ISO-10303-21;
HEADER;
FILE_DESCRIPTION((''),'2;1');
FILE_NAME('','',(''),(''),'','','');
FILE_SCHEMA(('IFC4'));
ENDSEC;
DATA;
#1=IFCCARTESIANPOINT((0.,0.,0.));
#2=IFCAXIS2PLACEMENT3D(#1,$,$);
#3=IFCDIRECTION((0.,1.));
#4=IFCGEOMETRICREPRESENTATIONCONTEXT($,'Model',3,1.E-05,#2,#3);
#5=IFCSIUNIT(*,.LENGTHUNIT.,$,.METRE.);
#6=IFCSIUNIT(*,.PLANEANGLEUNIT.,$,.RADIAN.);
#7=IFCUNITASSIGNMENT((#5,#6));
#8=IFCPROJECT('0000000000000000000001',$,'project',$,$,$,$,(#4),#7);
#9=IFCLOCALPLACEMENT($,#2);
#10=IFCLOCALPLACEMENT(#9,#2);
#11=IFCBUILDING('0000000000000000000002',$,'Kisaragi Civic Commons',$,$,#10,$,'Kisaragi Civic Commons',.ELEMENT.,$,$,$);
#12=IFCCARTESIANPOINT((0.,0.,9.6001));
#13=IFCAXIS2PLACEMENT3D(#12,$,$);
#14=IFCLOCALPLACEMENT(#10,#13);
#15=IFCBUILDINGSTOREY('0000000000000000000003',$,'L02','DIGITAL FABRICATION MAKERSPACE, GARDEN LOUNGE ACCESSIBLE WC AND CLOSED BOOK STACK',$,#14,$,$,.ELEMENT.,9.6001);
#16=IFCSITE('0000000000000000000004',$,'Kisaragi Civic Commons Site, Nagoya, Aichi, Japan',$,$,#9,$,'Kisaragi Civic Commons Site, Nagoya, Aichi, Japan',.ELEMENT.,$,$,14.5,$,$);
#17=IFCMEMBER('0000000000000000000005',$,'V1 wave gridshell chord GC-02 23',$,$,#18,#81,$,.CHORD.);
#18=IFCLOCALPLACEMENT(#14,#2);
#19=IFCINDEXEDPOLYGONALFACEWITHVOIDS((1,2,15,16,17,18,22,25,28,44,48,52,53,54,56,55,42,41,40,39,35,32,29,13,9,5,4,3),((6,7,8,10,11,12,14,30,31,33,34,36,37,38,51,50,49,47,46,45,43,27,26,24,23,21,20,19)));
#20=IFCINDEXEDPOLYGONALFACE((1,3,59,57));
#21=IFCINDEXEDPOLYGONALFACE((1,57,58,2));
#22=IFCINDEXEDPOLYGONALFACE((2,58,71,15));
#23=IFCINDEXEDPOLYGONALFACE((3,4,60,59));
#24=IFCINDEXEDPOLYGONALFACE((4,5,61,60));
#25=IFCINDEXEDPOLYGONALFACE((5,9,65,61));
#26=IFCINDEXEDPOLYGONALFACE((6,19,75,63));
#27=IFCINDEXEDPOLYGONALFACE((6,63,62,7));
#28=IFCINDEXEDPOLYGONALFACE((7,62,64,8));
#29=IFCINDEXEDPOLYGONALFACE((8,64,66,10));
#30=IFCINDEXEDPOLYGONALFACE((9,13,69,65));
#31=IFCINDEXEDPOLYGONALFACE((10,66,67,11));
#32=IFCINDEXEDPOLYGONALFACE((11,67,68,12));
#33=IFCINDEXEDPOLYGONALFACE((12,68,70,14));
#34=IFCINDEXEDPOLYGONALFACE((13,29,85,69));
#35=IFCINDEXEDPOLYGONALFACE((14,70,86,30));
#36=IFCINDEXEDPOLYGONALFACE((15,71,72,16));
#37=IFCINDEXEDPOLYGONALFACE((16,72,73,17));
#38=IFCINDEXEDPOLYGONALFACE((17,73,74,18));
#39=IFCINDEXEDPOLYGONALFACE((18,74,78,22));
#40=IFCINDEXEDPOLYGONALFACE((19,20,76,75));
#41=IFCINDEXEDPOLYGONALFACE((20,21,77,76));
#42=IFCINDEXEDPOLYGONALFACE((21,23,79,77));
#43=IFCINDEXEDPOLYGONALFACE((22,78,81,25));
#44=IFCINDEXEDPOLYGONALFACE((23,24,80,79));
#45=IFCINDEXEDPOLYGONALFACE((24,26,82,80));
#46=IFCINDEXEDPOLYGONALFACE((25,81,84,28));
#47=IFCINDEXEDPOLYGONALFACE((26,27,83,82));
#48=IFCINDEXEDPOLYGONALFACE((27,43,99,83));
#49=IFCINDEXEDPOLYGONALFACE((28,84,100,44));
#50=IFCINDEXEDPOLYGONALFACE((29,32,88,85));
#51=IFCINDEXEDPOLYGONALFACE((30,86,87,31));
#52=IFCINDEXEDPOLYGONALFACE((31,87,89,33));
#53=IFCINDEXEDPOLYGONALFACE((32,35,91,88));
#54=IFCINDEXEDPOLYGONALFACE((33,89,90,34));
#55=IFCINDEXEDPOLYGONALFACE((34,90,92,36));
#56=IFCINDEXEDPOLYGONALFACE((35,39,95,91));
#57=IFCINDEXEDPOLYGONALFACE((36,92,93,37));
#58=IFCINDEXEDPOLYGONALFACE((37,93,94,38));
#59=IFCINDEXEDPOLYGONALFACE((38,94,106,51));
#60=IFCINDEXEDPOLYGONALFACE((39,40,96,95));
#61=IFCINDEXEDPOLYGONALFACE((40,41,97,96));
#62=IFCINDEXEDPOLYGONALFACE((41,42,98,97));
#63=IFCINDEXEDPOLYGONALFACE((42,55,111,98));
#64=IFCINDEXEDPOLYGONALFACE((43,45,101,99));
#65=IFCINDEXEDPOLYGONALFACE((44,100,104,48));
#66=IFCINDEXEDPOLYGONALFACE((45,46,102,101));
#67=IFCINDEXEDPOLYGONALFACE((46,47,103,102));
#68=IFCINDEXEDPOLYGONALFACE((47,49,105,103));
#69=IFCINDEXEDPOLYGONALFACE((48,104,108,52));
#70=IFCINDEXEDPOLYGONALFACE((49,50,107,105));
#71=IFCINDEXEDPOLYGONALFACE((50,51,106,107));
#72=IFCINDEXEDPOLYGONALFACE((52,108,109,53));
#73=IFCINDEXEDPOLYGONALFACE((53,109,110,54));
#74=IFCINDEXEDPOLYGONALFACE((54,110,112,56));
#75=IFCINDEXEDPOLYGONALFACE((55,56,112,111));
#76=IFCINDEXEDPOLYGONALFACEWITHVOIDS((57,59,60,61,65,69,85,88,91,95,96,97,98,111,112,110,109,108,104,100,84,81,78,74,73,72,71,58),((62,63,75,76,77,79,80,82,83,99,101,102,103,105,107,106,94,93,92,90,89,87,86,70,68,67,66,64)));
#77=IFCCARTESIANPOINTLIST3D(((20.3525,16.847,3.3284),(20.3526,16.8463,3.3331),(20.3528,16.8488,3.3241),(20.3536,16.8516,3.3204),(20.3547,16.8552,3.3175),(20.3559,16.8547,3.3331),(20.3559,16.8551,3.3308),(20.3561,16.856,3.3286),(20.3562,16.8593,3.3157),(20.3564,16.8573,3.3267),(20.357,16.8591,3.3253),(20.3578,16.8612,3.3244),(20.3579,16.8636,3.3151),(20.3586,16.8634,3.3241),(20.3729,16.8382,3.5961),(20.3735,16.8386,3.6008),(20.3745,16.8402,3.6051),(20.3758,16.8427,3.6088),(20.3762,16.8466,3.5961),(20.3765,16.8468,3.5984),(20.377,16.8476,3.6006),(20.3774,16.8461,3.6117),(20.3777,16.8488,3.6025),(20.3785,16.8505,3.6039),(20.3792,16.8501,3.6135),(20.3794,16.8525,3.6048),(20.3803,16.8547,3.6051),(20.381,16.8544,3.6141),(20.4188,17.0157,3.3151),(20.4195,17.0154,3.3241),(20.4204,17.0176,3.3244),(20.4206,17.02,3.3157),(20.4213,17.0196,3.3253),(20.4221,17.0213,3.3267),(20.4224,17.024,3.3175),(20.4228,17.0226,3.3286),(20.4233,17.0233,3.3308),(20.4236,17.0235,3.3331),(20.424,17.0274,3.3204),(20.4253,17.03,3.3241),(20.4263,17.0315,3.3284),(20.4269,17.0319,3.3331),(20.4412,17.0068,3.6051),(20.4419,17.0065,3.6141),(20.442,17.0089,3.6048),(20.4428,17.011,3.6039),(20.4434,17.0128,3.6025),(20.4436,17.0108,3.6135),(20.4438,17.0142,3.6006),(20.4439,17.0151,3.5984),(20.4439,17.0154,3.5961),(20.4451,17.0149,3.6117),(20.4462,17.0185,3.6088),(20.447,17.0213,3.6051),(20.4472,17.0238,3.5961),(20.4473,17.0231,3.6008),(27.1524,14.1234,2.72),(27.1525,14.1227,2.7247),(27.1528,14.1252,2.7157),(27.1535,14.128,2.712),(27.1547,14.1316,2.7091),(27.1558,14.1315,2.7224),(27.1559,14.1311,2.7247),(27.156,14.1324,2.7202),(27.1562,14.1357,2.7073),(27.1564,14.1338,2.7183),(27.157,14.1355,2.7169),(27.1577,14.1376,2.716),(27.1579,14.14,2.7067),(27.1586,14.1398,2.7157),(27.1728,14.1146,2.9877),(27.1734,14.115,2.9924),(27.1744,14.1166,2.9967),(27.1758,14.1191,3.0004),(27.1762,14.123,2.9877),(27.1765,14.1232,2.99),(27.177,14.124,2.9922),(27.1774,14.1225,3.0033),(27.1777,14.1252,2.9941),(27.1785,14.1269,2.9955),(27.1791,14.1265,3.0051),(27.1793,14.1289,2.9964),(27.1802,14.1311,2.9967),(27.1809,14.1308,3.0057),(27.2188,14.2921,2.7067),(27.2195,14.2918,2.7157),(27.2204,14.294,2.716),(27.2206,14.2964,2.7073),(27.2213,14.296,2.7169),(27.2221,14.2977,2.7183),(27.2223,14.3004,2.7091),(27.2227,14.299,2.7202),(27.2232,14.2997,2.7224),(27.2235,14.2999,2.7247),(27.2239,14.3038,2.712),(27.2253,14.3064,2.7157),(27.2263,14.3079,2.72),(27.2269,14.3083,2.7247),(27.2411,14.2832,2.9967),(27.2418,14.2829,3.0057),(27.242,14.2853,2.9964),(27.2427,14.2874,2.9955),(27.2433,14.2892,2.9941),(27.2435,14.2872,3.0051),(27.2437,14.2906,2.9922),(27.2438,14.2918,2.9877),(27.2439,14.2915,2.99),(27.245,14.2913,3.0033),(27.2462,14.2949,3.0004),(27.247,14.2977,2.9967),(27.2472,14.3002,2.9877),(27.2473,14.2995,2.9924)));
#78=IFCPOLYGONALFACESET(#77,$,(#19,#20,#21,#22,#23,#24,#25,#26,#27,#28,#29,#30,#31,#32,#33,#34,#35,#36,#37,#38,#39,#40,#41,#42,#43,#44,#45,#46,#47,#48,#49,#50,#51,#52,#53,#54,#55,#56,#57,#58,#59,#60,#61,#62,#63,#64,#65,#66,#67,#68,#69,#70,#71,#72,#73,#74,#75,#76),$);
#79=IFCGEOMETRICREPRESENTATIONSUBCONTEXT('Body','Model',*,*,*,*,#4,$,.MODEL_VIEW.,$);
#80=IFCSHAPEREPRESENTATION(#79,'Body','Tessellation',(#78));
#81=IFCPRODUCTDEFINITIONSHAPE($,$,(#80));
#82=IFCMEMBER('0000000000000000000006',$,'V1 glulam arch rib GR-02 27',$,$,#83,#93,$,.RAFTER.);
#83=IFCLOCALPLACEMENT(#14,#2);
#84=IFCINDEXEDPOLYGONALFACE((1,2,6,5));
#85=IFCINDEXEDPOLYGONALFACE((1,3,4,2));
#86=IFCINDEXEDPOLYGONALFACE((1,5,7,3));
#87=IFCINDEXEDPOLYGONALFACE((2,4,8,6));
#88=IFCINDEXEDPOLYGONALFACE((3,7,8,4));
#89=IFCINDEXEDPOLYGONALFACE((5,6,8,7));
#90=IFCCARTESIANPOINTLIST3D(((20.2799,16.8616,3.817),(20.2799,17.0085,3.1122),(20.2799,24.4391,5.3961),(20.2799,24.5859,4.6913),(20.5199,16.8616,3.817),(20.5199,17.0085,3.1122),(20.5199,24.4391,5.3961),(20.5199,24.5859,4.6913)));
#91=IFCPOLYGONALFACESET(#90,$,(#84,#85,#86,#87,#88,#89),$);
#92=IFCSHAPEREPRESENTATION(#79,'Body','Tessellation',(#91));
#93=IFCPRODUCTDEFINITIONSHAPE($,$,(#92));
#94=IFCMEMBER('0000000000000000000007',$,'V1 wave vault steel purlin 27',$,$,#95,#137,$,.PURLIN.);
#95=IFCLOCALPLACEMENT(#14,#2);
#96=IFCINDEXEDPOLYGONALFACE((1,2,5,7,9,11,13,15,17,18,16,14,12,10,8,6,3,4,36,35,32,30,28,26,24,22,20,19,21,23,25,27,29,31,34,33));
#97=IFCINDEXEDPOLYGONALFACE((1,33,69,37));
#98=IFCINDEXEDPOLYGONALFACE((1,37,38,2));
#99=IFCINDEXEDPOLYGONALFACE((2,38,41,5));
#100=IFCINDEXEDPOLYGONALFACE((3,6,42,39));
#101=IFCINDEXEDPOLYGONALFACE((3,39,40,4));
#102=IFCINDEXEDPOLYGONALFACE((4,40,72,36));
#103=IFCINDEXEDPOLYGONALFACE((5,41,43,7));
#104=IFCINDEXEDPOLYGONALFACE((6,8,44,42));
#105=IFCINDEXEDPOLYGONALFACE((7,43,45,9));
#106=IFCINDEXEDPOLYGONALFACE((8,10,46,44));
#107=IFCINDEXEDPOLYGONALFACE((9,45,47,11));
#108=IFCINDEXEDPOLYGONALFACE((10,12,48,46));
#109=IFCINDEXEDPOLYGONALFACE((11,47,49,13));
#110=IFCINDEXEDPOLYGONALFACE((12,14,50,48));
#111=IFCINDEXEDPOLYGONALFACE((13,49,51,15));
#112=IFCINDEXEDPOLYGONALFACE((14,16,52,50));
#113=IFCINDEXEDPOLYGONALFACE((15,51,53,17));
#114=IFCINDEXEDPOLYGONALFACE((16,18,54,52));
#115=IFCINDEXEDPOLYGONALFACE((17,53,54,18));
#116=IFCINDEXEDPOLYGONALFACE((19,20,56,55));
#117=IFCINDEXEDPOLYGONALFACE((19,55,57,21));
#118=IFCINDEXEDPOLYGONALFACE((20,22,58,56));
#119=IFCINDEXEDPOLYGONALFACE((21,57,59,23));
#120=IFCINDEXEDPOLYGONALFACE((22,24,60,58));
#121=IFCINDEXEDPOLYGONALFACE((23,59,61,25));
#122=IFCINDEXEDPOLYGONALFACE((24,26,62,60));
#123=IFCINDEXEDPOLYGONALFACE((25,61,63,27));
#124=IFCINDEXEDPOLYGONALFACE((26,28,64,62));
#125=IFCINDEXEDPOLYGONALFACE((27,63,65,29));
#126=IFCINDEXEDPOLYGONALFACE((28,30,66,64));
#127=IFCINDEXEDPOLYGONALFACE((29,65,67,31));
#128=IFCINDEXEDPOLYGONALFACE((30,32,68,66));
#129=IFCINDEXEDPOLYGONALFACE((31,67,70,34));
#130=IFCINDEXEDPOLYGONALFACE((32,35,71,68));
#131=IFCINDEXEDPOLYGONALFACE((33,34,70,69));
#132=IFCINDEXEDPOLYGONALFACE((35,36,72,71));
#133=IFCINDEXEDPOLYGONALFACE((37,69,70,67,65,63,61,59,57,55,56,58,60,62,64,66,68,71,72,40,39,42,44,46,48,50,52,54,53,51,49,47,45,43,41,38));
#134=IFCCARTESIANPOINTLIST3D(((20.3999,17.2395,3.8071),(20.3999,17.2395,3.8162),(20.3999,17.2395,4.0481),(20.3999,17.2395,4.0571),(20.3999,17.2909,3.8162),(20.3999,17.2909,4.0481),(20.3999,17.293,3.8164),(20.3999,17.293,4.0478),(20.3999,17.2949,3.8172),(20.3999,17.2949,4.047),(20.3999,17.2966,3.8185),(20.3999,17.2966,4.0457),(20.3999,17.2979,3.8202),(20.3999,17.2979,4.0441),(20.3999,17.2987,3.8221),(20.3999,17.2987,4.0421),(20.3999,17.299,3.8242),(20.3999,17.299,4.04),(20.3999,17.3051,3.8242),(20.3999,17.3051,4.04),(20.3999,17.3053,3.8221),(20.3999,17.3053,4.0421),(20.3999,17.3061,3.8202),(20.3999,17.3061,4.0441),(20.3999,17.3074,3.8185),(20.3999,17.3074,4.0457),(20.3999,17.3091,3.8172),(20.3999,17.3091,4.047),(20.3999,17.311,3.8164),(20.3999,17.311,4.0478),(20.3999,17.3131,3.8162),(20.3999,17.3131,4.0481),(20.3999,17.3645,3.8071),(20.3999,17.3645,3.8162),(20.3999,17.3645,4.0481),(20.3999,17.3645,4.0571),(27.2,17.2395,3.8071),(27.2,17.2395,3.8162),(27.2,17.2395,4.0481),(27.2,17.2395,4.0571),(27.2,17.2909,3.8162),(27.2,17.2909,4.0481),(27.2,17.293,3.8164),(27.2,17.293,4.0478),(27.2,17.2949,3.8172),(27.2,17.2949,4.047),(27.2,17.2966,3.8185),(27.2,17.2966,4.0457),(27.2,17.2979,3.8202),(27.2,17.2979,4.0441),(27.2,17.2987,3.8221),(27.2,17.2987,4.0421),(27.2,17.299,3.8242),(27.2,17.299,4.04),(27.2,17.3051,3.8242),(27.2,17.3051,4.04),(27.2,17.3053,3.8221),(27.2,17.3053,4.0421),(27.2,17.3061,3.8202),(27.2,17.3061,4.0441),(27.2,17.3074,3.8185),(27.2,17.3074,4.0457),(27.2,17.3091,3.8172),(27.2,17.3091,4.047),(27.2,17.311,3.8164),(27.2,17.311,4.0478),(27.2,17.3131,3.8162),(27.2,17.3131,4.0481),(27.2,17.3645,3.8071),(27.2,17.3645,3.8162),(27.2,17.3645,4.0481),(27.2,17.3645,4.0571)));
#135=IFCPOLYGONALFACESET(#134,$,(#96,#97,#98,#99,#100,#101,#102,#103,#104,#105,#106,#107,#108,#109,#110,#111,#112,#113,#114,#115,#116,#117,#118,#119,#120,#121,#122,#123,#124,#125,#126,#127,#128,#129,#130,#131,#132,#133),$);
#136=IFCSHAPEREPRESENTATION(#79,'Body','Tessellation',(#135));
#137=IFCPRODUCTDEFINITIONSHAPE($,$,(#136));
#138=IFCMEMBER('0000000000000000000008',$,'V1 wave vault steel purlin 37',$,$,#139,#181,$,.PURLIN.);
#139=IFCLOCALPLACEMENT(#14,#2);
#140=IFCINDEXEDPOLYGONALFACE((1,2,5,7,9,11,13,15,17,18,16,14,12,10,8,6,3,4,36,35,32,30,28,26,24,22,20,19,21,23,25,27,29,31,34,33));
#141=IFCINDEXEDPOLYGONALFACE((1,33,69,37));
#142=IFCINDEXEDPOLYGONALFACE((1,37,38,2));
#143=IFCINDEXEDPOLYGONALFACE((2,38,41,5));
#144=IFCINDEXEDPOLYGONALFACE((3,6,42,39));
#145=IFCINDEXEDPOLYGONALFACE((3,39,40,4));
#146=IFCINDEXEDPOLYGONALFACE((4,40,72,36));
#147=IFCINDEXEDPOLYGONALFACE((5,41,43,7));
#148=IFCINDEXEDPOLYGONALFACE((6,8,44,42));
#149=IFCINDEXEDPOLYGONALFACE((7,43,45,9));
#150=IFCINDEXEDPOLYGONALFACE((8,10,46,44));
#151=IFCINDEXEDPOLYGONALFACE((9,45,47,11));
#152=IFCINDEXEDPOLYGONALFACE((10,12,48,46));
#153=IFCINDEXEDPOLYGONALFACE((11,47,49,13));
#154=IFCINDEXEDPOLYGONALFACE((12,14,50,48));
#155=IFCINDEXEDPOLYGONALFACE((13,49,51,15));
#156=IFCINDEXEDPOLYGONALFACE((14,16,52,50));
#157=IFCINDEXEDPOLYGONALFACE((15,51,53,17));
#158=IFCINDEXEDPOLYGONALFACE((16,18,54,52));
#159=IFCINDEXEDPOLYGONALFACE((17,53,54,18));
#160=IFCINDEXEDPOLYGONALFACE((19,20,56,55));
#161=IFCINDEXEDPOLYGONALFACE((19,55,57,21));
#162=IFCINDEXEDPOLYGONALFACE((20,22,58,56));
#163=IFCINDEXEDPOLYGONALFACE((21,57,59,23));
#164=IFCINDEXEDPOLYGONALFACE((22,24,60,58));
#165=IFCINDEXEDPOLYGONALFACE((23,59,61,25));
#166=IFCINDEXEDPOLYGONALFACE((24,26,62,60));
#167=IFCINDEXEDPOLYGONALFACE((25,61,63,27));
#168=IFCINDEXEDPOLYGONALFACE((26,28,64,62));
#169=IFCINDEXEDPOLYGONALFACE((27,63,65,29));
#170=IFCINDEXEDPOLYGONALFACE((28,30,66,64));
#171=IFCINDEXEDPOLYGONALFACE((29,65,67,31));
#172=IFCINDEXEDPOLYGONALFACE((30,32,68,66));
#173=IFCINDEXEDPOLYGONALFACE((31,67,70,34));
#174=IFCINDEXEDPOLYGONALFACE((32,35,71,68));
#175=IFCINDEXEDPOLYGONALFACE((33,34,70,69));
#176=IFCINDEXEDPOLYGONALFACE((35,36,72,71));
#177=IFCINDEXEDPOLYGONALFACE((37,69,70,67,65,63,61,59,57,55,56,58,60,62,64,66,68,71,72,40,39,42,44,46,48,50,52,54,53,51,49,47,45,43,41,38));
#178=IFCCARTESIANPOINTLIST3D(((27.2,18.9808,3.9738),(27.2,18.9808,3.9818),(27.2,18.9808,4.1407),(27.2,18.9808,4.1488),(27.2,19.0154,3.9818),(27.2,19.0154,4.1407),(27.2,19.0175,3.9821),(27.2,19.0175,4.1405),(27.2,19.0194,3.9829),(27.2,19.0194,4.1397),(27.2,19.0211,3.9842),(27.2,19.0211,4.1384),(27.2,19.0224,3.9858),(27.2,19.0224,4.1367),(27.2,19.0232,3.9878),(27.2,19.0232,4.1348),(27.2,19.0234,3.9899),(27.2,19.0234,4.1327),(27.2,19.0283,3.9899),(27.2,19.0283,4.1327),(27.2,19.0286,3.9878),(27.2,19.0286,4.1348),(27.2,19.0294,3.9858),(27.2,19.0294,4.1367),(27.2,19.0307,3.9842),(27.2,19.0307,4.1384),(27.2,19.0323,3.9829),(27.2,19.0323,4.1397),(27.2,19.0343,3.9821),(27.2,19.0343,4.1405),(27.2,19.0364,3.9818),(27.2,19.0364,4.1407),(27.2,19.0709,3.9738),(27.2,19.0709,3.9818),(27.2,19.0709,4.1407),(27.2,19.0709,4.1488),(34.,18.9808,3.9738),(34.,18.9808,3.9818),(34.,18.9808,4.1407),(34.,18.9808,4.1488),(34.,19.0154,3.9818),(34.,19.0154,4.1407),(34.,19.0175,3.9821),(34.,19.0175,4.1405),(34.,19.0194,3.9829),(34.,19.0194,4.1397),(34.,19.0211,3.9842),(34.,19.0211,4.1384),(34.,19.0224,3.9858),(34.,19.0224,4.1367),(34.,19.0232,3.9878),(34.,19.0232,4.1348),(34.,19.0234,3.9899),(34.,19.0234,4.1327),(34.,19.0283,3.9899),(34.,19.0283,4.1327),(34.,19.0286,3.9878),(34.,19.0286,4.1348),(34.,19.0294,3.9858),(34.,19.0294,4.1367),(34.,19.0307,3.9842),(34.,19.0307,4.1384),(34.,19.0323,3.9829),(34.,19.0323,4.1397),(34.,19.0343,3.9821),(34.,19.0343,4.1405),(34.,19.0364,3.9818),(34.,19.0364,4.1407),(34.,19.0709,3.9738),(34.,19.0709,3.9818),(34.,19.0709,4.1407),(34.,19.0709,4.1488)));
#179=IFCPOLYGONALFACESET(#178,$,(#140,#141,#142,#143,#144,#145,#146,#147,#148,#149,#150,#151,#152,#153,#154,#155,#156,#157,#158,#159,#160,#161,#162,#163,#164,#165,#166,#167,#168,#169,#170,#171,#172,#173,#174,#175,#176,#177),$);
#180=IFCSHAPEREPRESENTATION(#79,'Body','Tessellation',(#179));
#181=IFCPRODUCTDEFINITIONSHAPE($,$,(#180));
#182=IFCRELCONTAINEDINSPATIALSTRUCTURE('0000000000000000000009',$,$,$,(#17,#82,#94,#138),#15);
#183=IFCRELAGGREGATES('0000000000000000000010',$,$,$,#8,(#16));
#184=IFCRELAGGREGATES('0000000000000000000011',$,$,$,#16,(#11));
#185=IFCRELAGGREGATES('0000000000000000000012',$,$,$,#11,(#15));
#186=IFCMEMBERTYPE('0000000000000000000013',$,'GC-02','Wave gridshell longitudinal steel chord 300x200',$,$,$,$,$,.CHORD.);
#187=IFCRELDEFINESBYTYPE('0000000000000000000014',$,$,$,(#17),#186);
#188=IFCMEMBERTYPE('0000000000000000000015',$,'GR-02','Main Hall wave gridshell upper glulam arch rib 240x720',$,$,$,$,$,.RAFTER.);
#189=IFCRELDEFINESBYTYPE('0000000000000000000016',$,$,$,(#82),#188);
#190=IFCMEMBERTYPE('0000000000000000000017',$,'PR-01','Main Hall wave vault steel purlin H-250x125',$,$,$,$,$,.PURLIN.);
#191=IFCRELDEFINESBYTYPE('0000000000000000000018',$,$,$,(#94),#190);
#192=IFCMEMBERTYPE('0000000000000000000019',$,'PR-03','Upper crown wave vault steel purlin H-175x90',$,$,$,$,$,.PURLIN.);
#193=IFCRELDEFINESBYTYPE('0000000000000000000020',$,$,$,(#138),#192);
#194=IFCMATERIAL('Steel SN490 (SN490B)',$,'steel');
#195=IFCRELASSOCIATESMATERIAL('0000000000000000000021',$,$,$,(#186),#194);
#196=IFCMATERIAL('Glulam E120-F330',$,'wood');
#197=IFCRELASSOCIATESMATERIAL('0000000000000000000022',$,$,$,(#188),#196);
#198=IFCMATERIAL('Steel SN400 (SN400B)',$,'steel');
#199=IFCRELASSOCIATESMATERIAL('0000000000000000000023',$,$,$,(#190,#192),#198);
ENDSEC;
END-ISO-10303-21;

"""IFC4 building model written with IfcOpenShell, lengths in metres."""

from ifc_helpers import new_model, si_unit, direction, frame, origin, origin_2d, place, context, subcontext, project, spatial, rectangle, hollow_rectangle, i_section, extrude, material, material_profile, profile_set, type_object, element, save


model = new_model("IFC4")

# Units and contexts
model_context = context("Model", 3, precision=1e-05, world=origin(), true_north=direction((0.0, 1.0)))
body_context = subcontext(model_context, "Body", "Model", "MODEL_VIEW")
ifc_project = project(units=[si_unit("LENGTHUNIT", "METRE"), si_unit("PLANEANGLEUNIT", "RADIAN")], contexts=[model_context])

# Site, building, storey
site_placement = place(None, origin())
site = spatial("IfcSite", under=ifc_project, at=site_placement, Name="Kisaragi Civic Commons Site, Nagoya, Aichi, Japan", LongName="Kisaragi Civic Commons Site, Nagoya, Aichi, Japan", CompositionType="ELEMENT", RefElevation=14.5)
building_placement = place(site_placement, origin())
building = spatial("IfcBuilding", under=site, at=building_placement, Name="Kisaragi Civic Commons", LongName="Kisaragi Civic Commons", CompositionType="ELEMENT")
storey_placement = place(building_placement, frame((0.0, 0.0, 9.6001)))
storey = spatial("IfcBuildingStorey", under=building, at=storey_placement, Name="L02", Description="DIGITAL FABRICATION MAKERSPACE, GARDEN LOUNGE ACCESSIBLE WC AND CLOSED BOOK STACK", CompositionType="ELEMENT", Elevation=9.6001)

# Members
ifc_material_1 = material(Name="Steel SN490 (SN490B)", Category="steel")
ifc_material_profile_1 = material_profile(ifc_material_1, hollow_rectangle(XDim=0.2, YDim=0.3, WallThickness=0.009, InnerFilletRadius=0.009, OuterFilletRadius=0.0181, at=origin_2d()), Name="STKR-300x200x9", Category="steel")
ifc_profile_set_1 = profile_set([ifc_material_profile_1], Name="Steel SN490 (SN490B)")
member_type_1 = type_object("IfcMemberType", Name="GC-02", Description="Wave gridshell longitudinal steel chord 300x200", PredefinedType="CHORD", material=ifc_profile_set_1)
member_1_placement = place(storey_placement, frame((20.3999, 16.9351, 3.4646), z_axis=(0.925121, -0.37054, -0.08277), x_axis=(0.371816, 0.928307, 0.0)))
element("IfcMember", 1, at=member_1_placement, inside=storey, type_object=member_type_1, Name="V1 wave gridshell chord GC-02 23", PredefinedType="CHORD", context=body_context, shape_type="SweptSolid", body=[
    extrude(hollow_rectangle(XDim=0.2, YDim=0.3, WallThickness=0.009, InnerFilletRadius=0.009, OuterFilletRadius=0.0181, at=origin_2d()), origin(), (0.0, 0.0, 1.0), 7.3503),
])
ifc_material_2 = material(Name="Glulam E120-F330", Category="wood")
ifc_material_profile_2 = material_profile(ifc_material_2, rectangle(XDim=0.24, YDim=0.72, at=origin_2d()), Name="GL-240x720", Category="wood")
ifc_profile_set_2 = profile_set([ifc_material_profile_2], Name="Glulam E120-F330")
member_type_2 = type_object("IfcMemberType", Name="GR-02", Description="Main Hall wave gridshell upper glulam arch rib 240x720", PredefinedType="RAFTER", material=ifc_profile_set_2)
member_2_placement = place(storey_placement, frame((20.3999, 16.9351, 3.4646), z_axis=(0.0, 0.978968, 0.204013), x_axis=(-1.0, 0.0, 0.0)))
element("IfcMember", 2, at=member_2_placement, inside=storey, type_object=member_type_2, Name="V1 glulam arch rib GR-02 27", PredefinedType="RAFTER", context=body_context, shape_type="SweptSolid", body=[
    extrude(rectangle(XDim=0.24, YDim=0.72, at=origin_2d()), origin(), (0.0, 0.0, 1.0), 7.7402),
])
ifc_material_3 = material(Name="Steel SN400 (SN400B)", Category="steel")
ifc_material_profile_3 = material_profile(ifc_material_3, i_section(OverallWidth=0.125, OverallDepth=0.25, WebThickness=0.0061, FlangeThickness=0.009, FilletRadius=0.0081, at=origin_2d()), Name="H-250x125x6x9", Category="steel")
ifc_profile_set_3 = profile_set([ifc_material_profile_3], Name="Steel SN400 (SN400B)")
member_type_3 = type_object("IfcMemberType", Name="PR-01", Description="Main Hall wave vault steel purlin H-250x125", PredefinedType="PURLIN", material=ifc_profile_set_3)
member_3_placement = place(storey_placement, frame((20.3999, 17.302, 3.9321), z_axis=(1.0, 0.0, 0.0), x_axis=(0.0, 1.0, 0.0)))
element("IfcMember", 3, at=member_3_placement, inside=storey, type_object=member_type_3, Name="V1 wave vault steel purlin 27", PredefinedType="PURLIN", context=body_context, shape_type="SweptSolid", body=[
    extrude(i_section(OverallWidth=0.125, OverallDepth=0.25, WebThickness=0.0061, FlangeThickness=0.009, FilletRadius=0.0081, at=origin_2d()), origin(), (0.0, 0.0, 1.0), 6.8),
])
ifc_material_profile_4 = material_profile(ifc_material_3, i_section(OverallWidth=0.0901, OverallDepth=0.175, WebThickness=0.0049, FlangeThickness=0.0081, FilletRadius=0.0081, at=origin_2d()), Name="H-175x90x5x8", Category="steel")
ifc_profile_set_4 = profile_set([ifc_material_profile_4], Name="Steel SN400 (SN400B)")
member_type_4 = type_object("IfcMemberType", Name="PR-03", Description="Upper crown wave vault steel purlin H-175x90", PredefinedType="PURLIN", material=ifc_profile_set_4)
member_4_placement = place(storey_placement, frame((27.2, 19.0259, 4.0613), z_axis=(1.0, 0.0, 0.0), x_axis=(0.0, 1.0, 0.0)))
element("IfcMember", 4, at=member_4_placement, inside=storey, type_object=member_type_4, Name="V1 wave vault steel purlin 37", PredefinedType="PURLIN", context=body_context, shape_type="SweptSolid", body=[
    extrude(i_section(OverallWidth=0.0901, OverallDepth=0.175, WebThickness=0.0049, FlangeThickness=0.0081, FilletRadius=0.0081, at=origin_2d()), origin(), (0.0, 0.0, 1.0), 6.8),
])

save(model, "model.ifc")
